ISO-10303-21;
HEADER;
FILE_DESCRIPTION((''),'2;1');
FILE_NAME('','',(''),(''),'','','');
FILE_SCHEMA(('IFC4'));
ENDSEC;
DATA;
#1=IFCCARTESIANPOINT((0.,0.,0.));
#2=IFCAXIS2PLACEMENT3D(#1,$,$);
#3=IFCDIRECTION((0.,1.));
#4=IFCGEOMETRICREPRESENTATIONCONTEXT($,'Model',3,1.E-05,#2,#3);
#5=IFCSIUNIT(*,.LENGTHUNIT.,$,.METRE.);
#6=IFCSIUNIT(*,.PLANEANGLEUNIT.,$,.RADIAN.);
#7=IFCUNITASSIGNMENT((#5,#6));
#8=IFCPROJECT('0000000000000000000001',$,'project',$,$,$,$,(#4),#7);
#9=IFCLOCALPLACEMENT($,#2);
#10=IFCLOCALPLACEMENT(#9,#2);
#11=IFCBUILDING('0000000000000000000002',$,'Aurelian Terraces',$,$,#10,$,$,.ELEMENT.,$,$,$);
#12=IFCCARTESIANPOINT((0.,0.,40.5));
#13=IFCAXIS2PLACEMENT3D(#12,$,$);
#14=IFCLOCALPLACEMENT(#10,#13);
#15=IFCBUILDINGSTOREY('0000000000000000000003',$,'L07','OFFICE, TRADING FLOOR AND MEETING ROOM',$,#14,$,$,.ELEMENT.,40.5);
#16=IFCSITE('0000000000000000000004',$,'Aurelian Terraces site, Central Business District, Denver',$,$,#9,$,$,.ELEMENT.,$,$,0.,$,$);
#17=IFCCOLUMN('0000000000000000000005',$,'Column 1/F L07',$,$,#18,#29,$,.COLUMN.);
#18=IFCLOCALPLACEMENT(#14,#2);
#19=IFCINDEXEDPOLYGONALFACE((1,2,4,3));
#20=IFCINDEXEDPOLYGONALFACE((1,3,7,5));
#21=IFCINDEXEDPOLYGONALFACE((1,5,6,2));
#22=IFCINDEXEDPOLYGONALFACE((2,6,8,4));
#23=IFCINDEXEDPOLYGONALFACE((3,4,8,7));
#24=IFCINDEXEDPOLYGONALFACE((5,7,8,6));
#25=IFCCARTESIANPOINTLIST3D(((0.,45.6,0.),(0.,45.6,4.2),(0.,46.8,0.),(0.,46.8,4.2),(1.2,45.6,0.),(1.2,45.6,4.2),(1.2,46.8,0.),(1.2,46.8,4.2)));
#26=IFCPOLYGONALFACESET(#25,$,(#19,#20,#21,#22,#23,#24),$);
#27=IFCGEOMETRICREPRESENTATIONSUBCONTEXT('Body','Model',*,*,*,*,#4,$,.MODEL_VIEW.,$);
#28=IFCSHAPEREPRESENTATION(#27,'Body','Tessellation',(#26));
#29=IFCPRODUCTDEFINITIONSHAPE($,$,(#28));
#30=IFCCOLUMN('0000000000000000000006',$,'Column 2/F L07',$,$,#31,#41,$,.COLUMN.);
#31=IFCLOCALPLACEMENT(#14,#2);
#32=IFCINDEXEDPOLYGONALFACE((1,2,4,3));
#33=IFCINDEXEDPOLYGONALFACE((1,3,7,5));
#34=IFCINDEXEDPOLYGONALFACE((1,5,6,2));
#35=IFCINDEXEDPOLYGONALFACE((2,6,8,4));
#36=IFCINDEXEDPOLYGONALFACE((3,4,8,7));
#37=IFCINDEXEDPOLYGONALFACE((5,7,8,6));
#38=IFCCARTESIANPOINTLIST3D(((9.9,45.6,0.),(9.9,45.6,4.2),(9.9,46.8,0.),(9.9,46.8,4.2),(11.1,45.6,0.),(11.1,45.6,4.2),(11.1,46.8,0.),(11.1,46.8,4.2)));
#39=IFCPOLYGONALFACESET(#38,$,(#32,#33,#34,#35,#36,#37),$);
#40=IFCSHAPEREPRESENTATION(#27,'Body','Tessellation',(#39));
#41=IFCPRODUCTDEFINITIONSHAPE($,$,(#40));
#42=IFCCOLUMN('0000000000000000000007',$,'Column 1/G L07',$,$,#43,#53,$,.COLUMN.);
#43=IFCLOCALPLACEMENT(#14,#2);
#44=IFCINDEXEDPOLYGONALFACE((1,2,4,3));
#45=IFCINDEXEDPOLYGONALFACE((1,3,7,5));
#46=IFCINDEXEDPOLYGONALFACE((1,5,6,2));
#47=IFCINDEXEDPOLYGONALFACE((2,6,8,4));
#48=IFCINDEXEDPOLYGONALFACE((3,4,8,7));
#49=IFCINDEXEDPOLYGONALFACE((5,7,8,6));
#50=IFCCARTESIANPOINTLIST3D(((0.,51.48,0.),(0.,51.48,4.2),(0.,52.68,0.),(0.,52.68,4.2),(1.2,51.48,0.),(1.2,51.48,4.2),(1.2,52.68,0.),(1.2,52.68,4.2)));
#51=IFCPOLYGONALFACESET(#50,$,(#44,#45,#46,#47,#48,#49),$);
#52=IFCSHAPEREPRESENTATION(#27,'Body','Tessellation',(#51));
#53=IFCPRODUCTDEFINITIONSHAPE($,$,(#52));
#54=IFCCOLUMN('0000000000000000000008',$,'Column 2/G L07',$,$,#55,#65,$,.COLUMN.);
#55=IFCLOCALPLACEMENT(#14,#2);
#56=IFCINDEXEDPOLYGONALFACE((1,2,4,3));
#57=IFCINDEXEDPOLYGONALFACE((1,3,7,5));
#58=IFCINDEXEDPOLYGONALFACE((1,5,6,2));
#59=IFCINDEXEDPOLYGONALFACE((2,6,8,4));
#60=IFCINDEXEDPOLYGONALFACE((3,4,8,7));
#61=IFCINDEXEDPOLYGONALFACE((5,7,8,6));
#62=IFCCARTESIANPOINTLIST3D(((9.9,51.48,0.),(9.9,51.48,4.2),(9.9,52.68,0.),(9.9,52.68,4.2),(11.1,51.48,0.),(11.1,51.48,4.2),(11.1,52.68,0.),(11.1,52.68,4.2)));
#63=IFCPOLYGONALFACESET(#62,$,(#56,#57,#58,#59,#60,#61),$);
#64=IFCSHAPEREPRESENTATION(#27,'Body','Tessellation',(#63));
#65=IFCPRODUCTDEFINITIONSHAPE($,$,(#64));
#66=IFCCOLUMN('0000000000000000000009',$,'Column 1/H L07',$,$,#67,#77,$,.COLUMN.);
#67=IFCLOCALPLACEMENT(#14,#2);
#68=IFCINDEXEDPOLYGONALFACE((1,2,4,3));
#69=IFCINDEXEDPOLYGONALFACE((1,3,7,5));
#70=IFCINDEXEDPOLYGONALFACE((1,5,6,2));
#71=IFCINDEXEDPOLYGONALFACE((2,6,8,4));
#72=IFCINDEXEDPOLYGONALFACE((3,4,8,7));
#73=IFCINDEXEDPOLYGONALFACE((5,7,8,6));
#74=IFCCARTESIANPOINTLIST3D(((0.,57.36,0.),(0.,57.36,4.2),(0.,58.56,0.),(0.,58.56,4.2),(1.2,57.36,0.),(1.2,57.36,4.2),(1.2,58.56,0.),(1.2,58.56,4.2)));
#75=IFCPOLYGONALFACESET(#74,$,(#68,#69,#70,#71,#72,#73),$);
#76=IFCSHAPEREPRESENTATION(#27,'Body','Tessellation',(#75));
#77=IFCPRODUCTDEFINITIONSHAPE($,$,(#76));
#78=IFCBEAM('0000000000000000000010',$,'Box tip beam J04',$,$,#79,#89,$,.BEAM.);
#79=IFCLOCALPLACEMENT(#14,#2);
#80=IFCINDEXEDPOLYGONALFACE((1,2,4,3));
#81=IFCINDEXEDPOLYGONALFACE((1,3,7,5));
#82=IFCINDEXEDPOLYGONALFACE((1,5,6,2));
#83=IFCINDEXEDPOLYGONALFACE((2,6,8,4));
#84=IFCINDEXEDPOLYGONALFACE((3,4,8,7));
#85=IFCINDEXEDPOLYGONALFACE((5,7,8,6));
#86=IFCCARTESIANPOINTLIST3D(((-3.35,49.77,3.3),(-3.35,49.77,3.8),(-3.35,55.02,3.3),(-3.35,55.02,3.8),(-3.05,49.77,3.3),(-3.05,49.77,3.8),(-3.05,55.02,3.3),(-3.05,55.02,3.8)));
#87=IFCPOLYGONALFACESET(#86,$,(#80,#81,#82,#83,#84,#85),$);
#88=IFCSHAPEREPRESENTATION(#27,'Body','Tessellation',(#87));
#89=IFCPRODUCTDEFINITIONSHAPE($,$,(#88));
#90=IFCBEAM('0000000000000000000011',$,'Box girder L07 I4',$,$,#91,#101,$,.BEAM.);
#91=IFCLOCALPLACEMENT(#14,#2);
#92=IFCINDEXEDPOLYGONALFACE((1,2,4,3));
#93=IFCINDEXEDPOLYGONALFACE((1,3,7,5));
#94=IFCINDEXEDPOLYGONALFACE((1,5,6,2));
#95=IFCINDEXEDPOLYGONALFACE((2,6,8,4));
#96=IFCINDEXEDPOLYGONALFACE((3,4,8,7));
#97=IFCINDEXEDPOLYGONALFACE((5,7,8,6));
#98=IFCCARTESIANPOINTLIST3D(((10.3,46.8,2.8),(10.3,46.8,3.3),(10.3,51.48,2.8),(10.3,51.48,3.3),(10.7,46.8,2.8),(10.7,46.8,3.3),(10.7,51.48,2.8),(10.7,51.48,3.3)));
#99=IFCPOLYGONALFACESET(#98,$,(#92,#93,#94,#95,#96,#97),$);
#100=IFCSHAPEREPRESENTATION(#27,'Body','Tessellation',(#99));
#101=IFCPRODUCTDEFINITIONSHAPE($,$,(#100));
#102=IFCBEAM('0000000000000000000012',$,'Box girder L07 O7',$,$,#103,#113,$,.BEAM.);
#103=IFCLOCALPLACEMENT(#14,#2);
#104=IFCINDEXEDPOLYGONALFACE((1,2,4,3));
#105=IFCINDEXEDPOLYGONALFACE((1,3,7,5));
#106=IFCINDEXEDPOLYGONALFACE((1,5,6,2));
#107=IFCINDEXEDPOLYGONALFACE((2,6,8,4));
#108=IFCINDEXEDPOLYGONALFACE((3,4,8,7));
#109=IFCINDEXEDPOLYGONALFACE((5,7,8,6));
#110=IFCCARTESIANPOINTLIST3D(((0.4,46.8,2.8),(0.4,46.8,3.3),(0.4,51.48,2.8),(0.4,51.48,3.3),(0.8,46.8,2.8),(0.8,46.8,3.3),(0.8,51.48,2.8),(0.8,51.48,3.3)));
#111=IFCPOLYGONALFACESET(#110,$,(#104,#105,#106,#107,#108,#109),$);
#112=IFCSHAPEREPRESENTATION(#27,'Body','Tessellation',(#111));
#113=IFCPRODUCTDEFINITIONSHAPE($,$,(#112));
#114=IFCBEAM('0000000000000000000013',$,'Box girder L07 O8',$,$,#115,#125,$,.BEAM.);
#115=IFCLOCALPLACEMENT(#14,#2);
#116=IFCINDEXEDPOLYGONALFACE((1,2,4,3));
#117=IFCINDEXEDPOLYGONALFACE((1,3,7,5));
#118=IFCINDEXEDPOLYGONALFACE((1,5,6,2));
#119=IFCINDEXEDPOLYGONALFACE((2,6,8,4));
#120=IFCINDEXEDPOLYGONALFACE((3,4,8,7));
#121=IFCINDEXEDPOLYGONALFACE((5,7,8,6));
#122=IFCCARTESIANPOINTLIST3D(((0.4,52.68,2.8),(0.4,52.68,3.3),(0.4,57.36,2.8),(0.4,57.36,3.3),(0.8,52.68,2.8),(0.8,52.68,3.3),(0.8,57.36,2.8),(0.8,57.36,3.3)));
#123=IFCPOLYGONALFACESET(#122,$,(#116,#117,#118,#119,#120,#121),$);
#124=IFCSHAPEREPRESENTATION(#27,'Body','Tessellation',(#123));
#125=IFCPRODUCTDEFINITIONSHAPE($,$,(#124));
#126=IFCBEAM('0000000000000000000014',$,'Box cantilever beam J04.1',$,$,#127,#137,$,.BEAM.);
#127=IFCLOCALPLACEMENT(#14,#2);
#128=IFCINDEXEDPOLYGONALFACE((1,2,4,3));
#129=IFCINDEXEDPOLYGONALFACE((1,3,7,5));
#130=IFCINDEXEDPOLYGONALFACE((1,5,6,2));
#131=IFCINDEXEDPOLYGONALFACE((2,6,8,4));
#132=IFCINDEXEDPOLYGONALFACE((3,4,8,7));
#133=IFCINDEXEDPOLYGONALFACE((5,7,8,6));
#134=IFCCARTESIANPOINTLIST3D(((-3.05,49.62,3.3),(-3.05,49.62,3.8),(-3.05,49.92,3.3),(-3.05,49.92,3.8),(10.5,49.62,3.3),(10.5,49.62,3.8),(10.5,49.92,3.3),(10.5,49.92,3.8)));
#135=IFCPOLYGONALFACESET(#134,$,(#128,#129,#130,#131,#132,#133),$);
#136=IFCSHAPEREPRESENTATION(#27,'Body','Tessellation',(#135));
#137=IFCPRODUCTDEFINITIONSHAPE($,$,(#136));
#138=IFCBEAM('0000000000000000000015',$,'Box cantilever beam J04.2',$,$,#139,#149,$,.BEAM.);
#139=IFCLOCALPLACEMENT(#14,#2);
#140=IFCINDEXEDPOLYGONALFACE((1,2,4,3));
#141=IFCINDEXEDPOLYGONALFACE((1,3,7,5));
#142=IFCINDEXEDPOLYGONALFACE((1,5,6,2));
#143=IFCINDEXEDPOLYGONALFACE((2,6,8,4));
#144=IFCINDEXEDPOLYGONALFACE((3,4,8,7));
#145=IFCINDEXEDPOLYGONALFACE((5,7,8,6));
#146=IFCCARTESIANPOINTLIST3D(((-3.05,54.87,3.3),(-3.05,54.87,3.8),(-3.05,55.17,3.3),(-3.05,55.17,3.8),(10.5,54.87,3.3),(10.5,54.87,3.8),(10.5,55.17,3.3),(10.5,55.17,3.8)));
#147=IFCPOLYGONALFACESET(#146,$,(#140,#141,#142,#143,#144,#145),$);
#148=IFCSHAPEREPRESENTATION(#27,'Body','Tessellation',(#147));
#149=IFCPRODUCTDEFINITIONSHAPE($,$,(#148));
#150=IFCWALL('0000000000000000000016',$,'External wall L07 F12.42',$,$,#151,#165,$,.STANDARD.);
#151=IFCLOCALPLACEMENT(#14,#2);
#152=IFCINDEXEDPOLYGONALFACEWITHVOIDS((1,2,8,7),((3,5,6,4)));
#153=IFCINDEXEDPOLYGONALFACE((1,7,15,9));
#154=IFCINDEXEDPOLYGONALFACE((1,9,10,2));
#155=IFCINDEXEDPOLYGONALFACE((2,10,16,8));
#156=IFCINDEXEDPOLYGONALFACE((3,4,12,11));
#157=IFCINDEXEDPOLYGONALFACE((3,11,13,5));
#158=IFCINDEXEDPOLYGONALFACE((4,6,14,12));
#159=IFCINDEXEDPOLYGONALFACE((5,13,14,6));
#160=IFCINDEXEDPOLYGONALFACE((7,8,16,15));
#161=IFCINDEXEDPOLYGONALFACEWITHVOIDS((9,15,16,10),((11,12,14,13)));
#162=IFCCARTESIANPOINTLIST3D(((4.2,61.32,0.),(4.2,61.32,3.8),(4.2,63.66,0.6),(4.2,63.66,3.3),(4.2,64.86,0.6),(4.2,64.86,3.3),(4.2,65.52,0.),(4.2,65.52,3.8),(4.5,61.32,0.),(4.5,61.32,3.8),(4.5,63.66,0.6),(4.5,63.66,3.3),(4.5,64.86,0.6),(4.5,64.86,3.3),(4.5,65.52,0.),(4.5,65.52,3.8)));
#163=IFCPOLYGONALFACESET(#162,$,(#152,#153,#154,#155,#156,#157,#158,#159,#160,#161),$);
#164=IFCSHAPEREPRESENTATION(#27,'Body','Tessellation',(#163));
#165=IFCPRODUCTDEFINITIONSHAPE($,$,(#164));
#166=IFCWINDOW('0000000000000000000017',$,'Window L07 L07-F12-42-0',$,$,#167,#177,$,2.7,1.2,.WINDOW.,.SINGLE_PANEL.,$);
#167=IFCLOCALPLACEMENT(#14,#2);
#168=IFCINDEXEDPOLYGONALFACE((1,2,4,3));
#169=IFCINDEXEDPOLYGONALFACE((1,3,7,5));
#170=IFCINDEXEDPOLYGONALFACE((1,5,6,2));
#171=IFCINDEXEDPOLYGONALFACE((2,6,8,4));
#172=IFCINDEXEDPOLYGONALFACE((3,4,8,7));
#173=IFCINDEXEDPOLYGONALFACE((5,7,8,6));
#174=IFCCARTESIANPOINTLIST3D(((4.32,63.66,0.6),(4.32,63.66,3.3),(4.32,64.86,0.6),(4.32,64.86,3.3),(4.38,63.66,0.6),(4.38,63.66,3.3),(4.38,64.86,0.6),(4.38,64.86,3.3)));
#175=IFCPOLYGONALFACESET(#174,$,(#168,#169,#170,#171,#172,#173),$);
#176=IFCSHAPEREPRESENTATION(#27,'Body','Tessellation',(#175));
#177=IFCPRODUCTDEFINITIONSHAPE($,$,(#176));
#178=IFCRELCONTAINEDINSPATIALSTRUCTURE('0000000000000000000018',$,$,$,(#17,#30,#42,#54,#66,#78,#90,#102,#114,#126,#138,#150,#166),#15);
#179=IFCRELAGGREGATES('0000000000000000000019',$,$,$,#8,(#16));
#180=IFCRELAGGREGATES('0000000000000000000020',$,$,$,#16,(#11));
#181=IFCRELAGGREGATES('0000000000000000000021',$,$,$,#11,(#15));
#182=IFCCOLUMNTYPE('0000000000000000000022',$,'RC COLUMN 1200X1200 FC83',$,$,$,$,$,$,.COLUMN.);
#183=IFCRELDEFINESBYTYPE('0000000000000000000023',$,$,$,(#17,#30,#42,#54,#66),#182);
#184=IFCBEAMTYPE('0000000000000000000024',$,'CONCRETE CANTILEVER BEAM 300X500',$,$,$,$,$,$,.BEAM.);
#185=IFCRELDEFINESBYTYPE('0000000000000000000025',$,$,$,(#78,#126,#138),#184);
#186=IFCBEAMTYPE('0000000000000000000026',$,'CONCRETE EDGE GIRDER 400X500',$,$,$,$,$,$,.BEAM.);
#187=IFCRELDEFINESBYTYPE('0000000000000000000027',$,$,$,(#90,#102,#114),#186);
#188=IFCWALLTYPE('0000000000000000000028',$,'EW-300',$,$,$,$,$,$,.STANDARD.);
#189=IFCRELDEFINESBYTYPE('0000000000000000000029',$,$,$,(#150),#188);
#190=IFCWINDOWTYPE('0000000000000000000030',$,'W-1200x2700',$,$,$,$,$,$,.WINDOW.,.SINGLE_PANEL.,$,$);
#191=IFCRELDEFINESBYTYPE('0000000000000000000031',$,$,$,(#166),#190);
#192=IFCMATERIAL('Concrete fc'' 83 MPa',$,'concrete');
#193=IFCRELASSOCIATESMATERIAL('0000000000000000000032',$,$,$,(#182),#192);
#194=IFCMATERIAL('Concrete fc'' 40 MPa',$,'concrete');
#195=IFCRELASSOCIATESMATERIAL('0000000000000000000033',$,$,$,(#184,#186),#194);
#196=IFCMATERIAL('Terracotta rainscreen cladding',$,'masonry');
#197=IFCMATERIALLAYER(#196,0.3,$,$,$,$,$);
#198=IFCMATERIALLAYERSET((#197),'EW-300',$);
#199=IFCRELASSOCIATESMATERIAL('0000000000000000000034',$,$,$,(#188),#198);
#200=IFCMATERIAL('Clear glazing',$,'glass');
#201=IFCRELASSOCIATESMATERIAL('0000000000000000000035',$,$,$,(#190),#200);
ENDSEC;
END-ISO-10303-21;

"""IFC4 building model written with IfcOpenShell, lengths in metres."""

from ifc_helpers import new_model, si_unit, direction, frame, frame_2d, origin, origin_2d, place, context, subcontext, project, spatial, rectangle, extrude, source, transform, mapped, material, layer, layer_set, material_profile, profile_set, type_object, element, fill, save


model = new_model("IFC4")

# Units and contexts
model_context = context("Model", 3, precision=1e-05, world=origin(), true_north=direction((0.0, 1.0)))
body_context = subcontext(model_context, "Body", "Model", "MODEL_VIEW")
ifc_project = project(units=[si_unit("LENGTHUNIT", "METRE"), si_unit("PLANEANGLEUNIT", "RADIAN")], contexts=[model_context])

# Site, building, storey
site_placement = place(None, origin())
site = spatial("IfcSite", under=ifc_project, at=site_placement, Name="Aurelian Terraces site, Central Business District, Denver", CompositionType="ELEMENT", RefElevation=0.0)
building_placement = place(site_placement, origin())
building = spatial("IfcBuilding", under=site, at=building_placement, Name="Aurelian Terraces", CompositionType="ELEMENT")
storey_placement = place(building_placement, frame((0.0, 0.0, 40.5)))
storey = spatial("IfcBuildingStorey", under=building, at=storey_placement, Name="L07", Description="OFFICE, TRADING FLOOR AND MEETING ROOM", CompositionType="ELEMENT", Elevation=40.5)

# Columns
ifc_material_1 = material(Name="Concrete fc' 83 MPa", Category="concrete")
ifc_material_profile_1 = material_profile(ifc_material_1, rectangle(XDim=1.2, YDim=1.2, at=origin_2d()))
ifc_profile_set_1 = profile_set([ifc_material_profile_1], Name="Concrete fc' 83 MPa")
column_type = type_object("IfcColumnType", Name="RC COLUMN 1200X1200 FC83", PredefinedType="COLUMN", material=ifc_profile_set_1)
shared_shape_1 = source(origin(), body_context, "Body", "SweptSolid", [
    extrude(rectangle(XDim=1.2, YDim=1.2, at=origin_2d()), origin(), (0.0, 0.0, 1.0), 4.2),
])
for number, where, z_axis, x_axis, name in (
    (1, (0.6, 46.2, 0.0), (0.0, 0.0, 1.0), (1.0, 0.0, 0.0), "Column 1/F L07"),
    (2, (10.5, 46.2, 0.0), (0.0, 0.0, 1.0), (1.0, 0.0, 0.0), "Column 2/F L07"),
    (3, (0.6, 52.08, 0.0), (0.0, 0.0, 1.0), (1.0, 0.0, 0.0), "Column 1/G L07"),
    (4, (10.5, 52.08, 0.0), (0.0, 0.0, 1.0), (1.0, 0.0, 0.0), "Column 2/G L07"),
    (5, (0.6, 57.96, 0.0), (0.0, 0.0, 1.0), (1.0, 0.0, 0.0), "Column 1/H L07"),
):
    element("IfcColumn", number, at=place(storey_placement, frame(where, z_axis=z_axis, x_axis=x_axis)), inside=storey, type_object=column_type, Name=name, PredefinedType="COLUMN", context=body_context, shape_type="MappedRepresentation", body=[
        mapped(shared_shape_1, transform((0.0, 0.0, 0.0), scale=1.0)),
    ])

# Beams
ifc_material_2 = material(Name="Concrete fc' 40 MPa", Category="concrete")
ifc_material_profile_2 = material_profile(ifc_material_2, rectangle(XDim=0.3, YDim=0.5, at=origin_2d()))
ifc_profile_set_2 = profile_set([ifc_material_profile_2], Name="Concrete fc' 40 MPa")
beam_type_1 = type_object("IfcBeamType", Name="CONCRETE CANTILEVER BEAM 300X500", PredefinedType="BEAM", material=ifc_profile_set_2)
beam_placement = place(storey_placement, frame((-3.2, 49.77, 3.55), z_axis=(0.0, 1.0, 0.0), x_axis=(-1.0, 0.0, 0.0)))
element("IfcBeam", 6, at=beam_placement, inside=storey, type_object=beam_type_1, Name="Box tip beam J04", PredefinedType="BEAM", context=body_context, shape_type="SweptSolid", body=[
    extrude(rectangle(XDim=0.3, YDim=0.5, at=origin_2d()), origin(), (0.0, 0.0, 1.0), 5.25),
])
ifc_material_profile_3 = material_profile(ifc_material_2, rectangle(XDim=0.4, YDim=0.5, at=origin_2d()))
ifc_profile_set_3 = profile_set([ifc_material_profile_3], Name="Concrete fc' 40 MPa")
beam_type_2 = type_object("IfcBeamType", Name="CONCRETE EDGE GIRDER 400X500", PredefinedType="BEAM", material=ifc_profile_set_3)
shared_shape_2 = source(origin(), body_context, "Body", "SweptSolid", [
    extrude(rectangle(XDim=0.4, YDim=0.5, at=origin_2d()), origin(), (0.0, 0.0, 1.0), 4.68),
])
for number, where, z_axis, x_axis, name in (
    (7, (10.5, 46.8, 3.05), (0.0, 1.0, 0.0), (-1.0, 0.0, 0.0), "Box girder L07 I4"),
    (8, (0.6, 46.8, 3.05), (0.0, 1.0, 0.0), (-1.0, 0.0, 0.0), "Box girder L07 O7"),
    (9, (0.6, 52.68, 3.05), (0.0, 1.0, 0.0), (-1.0, 0.0, 0.0), "Box girder L07 O8"),
):
    element("IfcBeam", number, at=place(storey_placement, frame(where, z_axis=z_axis, x_axis=x_axis)), inside=storey, type_object=beam_type_2, Name=name, PredefinedType="BEAM", context=body_context, shape_type="MappedRepresentation", body=[
        mapped(shared_shape_2, transform((0.0, 0.0, 0.0), scale=1.0)),
    ])
shared_shape_3 = source(origin(), body_context, "Body", "SweptSolid", [
    extrude(rectangle(XDim=0.3, YDim=0.5, at=origin_2d()), origin(), (0.0, 0.0, 1.0), 13.55),
])
for number, where, z_axis, x_axis, name in (
    (10, (-3.05, 49.77, 3.55), (1.0, 0.0, 0.0), (0.0, 1.0, 0.0), "Box cantilever beam J04.1"),
    (11, (-3.05, 55.02, 3.55), (1.0, 0.0, 0.0), (0.0, 1.0, 0.0), "Box cantilever beam J04.2"),
):
    element("IfcBeam", number, at=place(storey_placement, frame(where, z_axis=z_axis, x_axis=x_axis)), inside=storey, type_object=beam_type_1, Name=name, PredefinedType="BEAM", context=body_context, shape_type="MappedRepresentation", body=[
        mapped(shared_shape_3, transform((0.0, 0.0, 0.0), scale=1.0)),
    ])

# Wall, opening, window
ifc_material_3 = material(Name="Terracotta rainscreen cladding", Category="masonry")
ifc_layer_1 = layer(ifc_material_3, 0.3)
ifc_layer_set_1 = layer_set([ifc_layer_1], Name="EW-300")
wall_type_1 = type_object("IfcWallType", Name="EW-300", PredefinedType="STANDARD", material=ifc_layer_set_1)
shared_shape_4 = source(origin(), body_context, "Body", "SweptSolid", [
    extrude(rectangle(XDim=4.2, YDim=0.3, at=frame_2d((2.1, 0.0))), origin(), (0.0, 0.0, 1.0), 3.8),
])
wall_1_placement = place(storey_placement, frame((4.35, 65.52, 0.0), z_axis=(0.0, 0.0, 1.0), x_axis=(0.0, -1.0, 0.0)))
wall_1 = element("IfcWall", 12, at=wall_1_placement, inside=storey, type_object=wall_type_1, Name="External wall L07 F12.42", PredefinedType="STANDARD", context=body_context, shape_type="MappedRepresentation", body=[
    mapped(shared_shape_4, transform((0.0, 0.0, 0.0), scale=1.0)),
])
shared_shape_5 = source(origin(), body_context, "Body", "SweptSolid", [
    extrude(rectangle(XDim=1.2, YDim=2.7, at=frame_2d((0.6, 1.35))), frame((0.0, 0.16, 0.0), z_axis=(0.0, -1.0, 0.0), x_axis=(1.0, 0.0, 0.0)), (0.0, 0.0, 1.0), 0.32),
])
opening_1_placement = place(wall_1_placement, frame((0.66, 0.0, 0.6)))
opening_1 = element("IfcOpeningElement", 13, at=opening_1_placement, cuts=wall_1, PredefinedType="OPENING", context=body_context, shape_type="MappedRepresentation", body=[
    mapped(shared_shape_5, transform((0.0, 0.0, 0.0), scale=1.0)),
])
ifc_material_4 = material(Name="Clear glazing", Category="glass")
window_type_1 = type_object("IfcWindowType", Name="W-1200x2700", PartitioningType="SINGLE_PANEL", PredefinedType="WINDOW", material=ifc_material_4)
shared_shape_6 = source(origin(), body_context, "Body", "SweptSolid", [
    extrude(rectangle(XDim=1.2, YDim=2.7, at=frame_2d((0.6, 1.35))), frame((0.0, 0.03, 0.0), z_axis=(0.0, -1.0, 0.0), x_axis=(1.0, 0.0, 0.0)), (0.0, 0.0, 1.0), 0.06),
])
window_1_placement = place(opening_1_placement, origin())
window_1 = element("IfcWindow", 14, at=window_1_placement, inside=storey, type_object=window_type_1, Name="Window L07 L07-F12-42-0", OverallHeight=2.7, OverallWidth=1.2, PartitioningType="SINGLE_PANEL", PredefinedType="WINDOW", context=body_context, shape_type="MappedRepresentation", body=[
    mapped(shared_shape_6, transform((0.0, 0.0, 0.0), scale=1.0)),
])
fill(opening_1, window_1)

save(model, "model.ifc")
